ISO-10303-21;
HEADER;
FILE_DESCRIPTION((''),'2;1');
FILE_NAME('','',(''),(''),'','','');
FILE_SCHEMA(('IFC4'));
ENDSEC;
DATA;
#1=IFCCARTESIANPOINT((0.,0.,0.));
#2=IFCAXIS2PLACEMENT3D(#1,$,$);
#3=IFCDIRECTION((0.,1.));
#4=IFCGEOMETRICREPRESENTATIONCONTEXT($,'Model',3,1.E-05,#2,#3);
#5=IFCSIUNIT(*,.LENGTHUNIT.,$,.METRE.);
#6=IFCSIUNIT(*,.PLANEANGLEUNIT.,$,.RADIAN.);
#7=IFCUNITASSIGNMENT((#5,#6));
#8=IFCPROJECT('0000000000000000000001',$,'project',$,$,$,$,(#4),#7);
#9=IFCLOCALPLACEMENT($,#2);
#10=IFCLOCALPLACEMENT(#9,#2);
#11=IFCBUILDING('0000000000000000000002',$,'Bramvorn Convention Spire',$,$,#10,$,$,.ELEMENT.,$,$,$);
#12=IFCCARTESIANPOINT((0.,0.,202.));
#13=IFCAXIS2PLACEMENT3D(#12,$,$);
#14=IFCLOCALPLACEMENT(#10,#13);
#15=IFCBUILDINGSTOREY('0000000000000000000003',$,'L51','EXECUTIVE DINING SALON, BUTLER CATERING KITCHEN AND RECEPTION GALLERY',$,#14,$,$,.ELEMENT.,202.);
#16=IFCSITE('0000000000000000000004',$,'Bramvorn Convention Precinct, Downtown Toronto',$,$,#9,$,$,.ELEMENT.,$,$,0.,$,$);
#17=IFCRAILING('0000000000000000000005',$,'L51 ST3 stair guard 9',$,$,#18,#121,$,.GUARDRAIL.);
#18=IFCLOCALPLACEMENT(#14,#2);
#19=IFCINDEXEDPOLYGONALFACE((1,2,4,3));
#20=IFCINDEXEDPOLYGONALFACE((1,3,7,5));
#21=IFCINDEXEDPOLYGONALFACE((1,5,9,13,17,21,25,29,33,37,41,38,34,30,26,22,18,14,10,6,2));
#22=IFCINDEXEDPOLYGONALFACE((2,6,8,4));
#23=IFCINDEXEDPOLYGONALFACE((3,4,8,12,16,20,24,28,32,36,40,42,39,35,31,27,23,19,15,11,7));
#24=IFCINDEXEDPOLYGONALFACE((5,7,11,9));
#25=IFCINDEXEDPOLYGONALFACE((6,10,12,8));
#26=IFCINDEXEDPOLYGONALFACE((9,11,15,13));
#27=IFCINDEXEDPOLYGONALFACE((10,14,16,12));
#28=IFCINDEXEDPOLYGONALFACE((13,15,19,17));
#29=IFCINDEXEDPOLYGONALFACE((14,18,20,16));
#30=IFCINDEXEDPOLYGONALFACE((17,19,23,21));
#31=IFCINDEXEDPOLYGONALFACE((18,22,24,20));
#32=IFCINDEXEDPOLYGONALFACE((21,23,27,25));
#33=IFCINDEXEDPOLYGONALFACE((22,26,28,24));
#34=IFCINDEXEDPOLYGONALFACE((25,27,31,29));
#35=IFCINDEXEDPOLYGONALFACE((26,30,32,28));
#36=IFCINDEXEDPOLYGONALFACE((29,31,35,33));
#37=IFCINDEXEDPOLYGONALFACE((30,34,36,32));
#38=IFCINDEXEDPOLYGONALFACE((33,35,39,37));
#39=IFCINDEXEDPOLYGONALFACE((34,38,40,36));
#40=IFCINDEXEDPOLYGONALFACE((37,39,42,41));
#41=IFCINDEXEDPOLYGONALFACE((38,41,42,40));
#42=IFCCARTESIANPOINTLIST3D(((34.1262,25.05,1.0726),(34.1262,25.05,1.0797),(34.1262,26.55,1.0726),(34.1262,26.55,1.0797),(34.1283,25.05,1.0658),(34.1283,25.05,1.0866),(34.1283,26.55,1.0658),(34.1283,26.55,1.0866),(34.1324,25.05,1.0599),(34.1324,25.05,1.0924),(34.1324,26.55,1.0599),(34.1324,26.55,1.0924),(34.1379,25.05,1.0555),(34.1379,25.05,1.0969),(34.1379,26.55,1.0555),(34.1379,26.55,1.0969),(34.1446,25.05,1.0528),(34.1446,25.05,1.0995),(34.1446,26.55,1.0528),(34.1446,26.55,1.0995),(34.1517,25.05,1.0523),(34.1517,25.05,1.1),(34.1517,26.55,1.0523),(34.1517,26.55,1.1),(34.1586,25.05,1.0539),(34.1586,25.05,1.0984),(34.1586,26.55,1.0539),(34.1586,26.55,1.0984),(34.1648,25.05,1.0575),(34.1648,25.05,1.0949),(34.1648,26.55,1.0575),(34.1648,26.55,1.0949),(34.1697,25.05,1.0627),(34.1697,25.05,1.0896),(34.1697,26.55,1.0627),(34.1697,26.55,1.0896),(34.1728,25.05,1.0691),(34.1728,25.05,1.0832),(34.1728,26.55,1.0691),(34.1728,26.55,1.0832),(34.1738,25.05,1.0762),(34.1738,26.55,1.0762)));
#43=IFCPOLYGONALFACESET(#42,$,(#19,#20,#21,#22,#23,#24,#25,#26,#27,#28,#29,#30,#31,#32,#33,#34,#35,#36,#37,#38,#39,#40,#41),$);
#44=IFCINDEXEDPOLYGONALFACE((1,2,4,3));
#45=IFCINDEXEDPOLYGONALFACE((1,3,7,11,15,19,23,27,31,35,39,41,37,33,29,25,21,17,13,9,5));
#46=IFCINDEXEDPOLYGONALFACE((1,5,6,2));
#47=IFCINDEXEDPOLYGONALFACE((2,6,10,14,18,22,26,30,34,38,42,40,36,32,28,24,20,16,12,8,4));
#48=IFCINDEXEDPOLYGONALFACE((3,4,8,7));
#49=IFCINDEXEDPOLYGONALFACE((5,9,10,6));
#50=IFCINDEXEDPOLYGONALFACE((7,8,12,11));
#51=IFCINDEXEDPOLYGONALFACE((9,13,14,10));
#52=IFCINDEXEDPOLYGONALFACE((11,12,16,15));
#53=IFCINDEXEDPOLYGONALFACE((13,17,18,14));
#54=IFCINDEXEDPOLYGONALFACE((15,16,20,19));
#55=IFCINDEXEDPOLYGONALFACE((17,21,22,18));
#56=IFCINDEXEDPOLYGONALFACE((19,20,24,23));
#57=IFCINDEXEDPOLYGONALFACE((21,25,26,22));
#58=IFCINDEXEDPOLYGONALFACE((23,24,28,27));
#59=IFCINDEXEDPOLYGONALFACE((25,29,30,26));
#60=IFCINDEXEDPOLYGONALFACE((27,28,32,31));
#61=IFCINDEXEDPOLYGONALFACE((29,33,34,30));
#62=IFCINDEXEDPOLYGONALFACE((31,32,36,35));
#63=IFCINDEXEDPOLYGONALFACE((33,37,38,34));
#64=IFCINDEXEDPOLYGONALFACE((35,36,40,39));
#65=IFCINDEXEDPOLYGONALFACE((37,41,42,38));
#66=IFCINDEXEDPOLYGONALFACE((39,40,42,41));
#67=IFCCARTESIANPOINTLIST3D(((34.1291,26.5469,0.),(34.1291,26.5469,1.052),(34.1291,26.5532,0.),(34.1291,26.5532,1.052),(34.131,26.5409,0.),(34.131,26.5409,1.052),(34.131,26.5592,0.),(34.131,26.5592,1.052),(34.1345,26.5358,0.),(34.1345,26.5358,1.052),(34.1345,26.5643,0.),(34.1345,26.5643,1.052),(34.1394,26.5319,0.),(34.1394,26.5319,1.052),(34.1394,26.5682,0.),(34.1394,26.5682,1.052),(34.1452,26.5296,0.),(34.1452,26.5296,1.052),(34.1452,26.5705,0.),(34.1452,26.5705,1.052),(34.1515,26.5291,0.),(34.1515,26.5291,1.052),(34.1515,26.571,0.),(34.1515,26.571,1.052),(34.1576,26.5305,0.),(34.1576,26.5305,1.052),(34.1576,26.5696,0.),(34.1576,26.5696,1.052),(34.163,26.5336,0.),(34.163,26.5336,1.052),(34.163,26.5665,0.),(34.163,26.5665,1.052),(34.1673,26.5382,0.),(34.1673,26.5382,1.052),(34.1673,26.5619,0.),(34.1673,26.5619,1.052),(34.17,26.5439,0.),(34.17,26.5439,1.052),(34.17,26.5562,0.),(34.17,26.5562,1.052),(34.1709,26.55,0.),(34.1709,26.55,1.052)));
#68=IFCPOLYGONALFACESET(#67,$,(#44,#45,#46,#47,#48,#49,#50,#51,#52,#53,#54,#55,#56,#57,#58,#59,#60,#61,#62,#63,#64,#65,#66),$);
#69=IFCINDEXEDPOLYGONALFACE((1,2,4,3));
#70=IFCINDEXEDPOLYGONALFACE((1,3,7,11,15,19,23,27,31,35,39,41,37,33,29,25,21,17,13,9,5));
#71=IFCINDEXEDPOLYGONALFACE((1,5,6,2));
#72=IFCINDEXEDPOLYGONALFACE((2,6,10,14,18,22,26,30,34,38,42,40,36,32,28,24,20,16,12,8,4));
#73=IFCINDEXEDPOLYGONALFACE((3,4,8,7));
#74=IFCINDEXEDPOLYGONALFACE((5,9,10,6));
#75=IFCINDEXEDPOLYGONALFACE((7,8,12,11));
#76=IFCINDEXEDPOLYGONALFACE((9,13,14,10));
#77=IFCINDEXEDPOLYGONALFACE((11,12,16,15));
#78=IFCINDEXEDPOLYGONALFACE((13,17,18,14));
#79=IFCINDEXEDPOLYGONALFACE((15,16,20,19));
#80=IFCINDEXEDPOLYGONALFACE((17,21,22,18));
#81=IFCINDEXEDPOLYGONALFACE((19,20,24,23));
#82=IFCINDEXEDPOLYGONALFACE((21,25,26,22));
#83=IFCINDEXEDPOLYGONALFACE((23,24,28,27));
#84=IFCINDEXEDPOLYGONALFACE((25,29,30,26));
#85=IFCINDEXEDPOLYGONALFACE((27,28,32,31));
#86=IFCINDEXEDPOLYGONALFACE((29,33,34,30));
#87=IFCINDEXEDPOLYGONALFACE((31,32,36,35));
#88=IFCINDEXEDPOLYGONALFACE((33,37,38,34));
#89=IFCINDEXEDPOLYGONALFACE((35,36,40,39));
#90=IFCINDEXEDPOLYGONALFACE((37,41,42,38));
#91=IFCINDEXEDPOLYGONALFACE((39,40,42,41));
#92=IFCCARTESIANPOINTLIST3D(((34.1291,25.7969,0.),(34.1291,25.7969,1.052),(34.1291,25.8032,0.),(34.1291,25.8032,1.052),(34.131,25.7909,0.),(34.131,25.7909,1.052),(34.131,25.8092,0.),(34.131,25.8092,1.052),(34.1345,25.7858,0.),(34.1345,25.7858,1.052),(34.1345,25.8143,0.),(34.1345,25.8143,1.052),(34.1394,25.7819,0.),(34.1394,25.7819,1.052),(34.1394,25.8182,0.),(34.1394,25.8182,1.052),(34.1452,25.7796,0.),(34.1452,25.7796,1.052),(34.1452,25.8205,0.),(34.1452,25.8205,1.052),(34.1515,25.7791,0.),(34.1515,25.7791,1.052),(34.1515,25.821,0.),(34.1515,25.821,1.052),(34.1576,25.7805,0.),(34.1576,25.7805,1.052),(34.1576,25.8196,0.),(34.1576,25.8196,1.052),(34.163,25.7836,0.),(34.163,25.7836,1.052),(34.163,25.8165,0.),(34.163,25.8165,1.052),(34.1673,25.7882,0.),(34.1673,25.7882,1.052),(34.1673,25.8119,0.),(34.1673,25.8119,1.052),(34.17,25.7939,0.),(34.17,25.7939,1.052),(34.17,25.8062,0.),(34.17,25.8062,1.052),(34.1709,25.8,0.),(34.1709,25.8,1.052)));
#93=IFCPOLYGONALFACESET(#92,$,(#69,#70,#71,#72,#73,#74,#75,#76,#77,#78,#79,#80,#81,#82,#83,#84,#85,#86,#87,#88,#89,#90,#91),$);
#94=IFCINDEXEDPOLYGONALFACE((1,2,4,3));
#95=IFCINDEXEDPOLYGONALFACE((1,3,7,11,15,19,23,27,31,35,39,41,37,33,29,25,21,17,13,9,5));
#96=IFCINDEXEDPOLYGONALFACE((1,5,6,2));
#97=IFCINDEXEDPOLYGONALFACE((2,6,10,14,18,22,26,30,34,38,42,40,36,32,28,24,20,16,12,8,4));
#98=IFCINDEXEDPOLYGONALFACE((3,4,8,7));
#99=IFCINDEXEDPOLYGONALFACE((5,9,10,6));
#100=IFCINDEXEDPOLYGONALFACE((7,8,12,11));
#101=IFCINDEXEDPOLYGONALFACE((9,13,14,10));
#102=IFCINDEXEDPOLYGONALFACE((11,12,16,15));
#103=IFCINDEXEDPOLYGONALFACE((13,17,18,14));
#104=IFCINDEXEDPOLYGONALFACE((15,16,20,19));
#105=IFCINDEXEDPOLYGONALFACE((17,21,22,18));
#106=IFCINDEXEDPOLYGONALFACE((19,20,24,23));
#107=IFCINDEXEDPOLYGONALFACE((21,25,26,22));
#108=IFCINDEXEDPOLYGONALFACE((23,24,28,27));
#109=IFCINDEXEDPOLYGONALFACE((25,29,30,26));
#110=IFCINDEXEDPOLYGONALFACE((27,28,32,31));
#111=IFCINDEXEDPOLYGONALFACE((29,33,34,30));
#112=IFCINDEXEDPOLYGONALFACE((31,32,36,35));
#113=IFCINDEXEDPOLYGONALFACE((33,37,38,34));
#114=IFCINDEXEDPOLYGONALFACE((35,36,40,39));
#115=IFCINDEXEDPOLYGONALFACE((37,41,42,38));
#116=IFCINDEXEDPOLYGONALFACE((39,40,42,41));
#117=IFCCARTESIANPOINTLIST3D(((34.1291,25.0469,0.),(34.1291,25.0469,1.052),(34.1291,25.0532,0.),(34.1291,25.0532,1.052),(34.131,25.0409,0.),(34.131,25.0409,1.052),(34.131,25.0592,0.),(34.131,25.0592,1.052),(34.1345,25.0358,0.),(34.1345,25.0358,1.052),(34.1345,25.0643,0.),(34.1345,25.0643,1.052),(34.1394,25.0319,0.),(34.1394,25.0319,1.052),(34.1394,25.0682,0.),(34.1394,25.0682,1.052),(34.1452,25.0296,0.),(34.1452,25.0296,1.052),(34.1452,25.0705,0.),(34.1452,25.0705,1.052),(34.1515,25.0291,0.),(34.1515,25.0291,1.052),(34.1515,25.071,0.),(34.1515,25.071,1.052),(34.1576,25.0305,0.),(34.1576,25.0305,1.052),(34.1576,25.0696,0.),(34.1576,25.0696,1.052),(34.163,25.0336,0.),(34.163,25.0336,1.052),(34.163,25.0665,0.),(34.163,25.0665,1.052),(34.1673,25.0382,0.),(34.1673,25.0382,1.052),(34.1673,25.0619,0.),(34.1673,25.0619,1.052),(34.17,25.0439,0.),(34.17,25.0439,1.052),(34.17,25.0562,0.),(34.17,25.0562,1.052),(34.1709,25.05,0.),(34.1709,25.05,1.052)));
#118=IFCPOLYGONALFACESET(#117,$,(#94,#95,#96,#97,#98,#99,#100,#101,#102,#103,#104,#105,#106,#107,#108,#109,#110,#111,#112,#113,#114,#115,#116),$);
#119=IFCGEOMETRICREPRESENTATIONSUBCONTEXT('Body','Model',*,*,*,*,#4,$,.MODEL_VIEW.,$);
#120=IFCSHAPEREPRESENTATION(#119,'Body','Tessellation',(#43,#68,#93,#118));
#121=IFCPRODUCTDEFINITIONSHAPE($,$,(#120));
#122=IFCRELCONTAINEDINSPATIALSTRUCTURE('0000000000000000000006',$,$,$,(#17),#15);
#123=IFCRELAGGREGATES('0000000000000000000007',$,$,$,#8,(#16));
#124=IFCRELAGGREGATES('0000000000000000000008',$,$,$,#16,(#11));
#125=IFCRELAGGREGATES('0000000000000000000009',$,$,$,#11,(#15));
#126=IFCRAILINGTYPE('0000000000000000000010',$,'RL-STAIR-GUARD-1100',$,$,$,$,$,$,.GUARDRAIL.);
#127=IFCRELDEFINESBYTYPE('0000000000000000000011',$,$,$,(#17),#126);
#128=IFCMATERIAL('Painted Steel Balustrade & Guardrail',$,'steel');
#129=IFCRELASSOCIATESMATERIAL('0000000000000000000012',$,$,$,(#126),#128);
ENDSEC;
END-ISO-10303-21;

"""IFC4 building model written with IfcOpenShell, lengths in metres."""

from ifc_helpers import new_model, si_unit, direction, frame, origin, origin_2d, place, context, subcontext, project, spatial, circle, extrude, material, type_object, element, save


model = new_model("IFC4")

# Units and contexts
model_context = context("Model", 3, precision=1e-05, world=origin(), true_north=direction((0.0, 1.0)))
body_context = subcontext(model_context, "Body", "Model", "MODEL_VIEW")
ifc_project = project(units=[si_unit("LENGTHUNIT", "METRE"), si_unit("PLANEANGLEUNIT", "RADIAN")], contexts=[model_context])

# Site, building, storey
site_placement = place(None, origin())
site = spatial("IfcSite", under=ifc_project, at=site_placement, Name="Bramvorn Convention Precinct, Downtown Toronto", CompositionType="ELEMENT", RefElevation=0.0)
building_placement = place(site_placement, origin())
building = spatial("IfcBuilding", under=site, at=building_placement, Name="Bramvorn Convention Spire", CompositionType="ELEMENT")
storey_placement = place(building_placement, frame((0.0, 0.0, 202.0)))
storey = spatial("IfcBuildingStorey", under=building, at=storey_placement, Name="L51", Description="EXECUTIVE DINING SALON, BUTLER CATERING KITCHEN AND RECEPTION GALLERY", CompositionType="ELEMENT", Elevation=202.0)

# Railing
ifc_material_1 = material(Name="Painted Steel Balustrade & Guardrail", Category="steel")
railing_type_1 = type_object("IfcRailingType", Name="RL-STAIR-GUARD-1100", PredefinedType="GUARDRAIL", material=ifc_material_1)
railing_1_placement = place(storey_placement, frame((34.1499, 26.55, 0.0)))
element("IfcRailing", 1, at=railing_1_placement, inside=storey, type_object=railing_type_1, Name="L51 ST3 stair guard 9", PredefinedType="GUARDRAIL", context=body_context, shape_type="SweptSolid", body=[
    extrude(circle(Radius=0.0239, at=origin_2d()), frame((0.0, 0.0, 1.0762), z_axis=(0.0, -1.0, 0.0), x_axis=(1.0, 0.0, 0.0)), (0.0, 0.0, 1.0), 1.5),
    extrude(circle(Radius=0.021, at=origin_2d()), origin(), (0.0, 0.0, 1.0), 1.052),
    extrude(circle(Radius=0.021, at=origin_2d()), frame((0.0, -0.75, 0.0)), (0.0, 0.0, 1.0), 1.052),
    extrude(circle(Radius=0.021, at=origin_2d()), frame((0.0, -1.5, 0.0)), (0.0, 0.0, 1.0), 1.052),
])

save(model, "model.ifc")
